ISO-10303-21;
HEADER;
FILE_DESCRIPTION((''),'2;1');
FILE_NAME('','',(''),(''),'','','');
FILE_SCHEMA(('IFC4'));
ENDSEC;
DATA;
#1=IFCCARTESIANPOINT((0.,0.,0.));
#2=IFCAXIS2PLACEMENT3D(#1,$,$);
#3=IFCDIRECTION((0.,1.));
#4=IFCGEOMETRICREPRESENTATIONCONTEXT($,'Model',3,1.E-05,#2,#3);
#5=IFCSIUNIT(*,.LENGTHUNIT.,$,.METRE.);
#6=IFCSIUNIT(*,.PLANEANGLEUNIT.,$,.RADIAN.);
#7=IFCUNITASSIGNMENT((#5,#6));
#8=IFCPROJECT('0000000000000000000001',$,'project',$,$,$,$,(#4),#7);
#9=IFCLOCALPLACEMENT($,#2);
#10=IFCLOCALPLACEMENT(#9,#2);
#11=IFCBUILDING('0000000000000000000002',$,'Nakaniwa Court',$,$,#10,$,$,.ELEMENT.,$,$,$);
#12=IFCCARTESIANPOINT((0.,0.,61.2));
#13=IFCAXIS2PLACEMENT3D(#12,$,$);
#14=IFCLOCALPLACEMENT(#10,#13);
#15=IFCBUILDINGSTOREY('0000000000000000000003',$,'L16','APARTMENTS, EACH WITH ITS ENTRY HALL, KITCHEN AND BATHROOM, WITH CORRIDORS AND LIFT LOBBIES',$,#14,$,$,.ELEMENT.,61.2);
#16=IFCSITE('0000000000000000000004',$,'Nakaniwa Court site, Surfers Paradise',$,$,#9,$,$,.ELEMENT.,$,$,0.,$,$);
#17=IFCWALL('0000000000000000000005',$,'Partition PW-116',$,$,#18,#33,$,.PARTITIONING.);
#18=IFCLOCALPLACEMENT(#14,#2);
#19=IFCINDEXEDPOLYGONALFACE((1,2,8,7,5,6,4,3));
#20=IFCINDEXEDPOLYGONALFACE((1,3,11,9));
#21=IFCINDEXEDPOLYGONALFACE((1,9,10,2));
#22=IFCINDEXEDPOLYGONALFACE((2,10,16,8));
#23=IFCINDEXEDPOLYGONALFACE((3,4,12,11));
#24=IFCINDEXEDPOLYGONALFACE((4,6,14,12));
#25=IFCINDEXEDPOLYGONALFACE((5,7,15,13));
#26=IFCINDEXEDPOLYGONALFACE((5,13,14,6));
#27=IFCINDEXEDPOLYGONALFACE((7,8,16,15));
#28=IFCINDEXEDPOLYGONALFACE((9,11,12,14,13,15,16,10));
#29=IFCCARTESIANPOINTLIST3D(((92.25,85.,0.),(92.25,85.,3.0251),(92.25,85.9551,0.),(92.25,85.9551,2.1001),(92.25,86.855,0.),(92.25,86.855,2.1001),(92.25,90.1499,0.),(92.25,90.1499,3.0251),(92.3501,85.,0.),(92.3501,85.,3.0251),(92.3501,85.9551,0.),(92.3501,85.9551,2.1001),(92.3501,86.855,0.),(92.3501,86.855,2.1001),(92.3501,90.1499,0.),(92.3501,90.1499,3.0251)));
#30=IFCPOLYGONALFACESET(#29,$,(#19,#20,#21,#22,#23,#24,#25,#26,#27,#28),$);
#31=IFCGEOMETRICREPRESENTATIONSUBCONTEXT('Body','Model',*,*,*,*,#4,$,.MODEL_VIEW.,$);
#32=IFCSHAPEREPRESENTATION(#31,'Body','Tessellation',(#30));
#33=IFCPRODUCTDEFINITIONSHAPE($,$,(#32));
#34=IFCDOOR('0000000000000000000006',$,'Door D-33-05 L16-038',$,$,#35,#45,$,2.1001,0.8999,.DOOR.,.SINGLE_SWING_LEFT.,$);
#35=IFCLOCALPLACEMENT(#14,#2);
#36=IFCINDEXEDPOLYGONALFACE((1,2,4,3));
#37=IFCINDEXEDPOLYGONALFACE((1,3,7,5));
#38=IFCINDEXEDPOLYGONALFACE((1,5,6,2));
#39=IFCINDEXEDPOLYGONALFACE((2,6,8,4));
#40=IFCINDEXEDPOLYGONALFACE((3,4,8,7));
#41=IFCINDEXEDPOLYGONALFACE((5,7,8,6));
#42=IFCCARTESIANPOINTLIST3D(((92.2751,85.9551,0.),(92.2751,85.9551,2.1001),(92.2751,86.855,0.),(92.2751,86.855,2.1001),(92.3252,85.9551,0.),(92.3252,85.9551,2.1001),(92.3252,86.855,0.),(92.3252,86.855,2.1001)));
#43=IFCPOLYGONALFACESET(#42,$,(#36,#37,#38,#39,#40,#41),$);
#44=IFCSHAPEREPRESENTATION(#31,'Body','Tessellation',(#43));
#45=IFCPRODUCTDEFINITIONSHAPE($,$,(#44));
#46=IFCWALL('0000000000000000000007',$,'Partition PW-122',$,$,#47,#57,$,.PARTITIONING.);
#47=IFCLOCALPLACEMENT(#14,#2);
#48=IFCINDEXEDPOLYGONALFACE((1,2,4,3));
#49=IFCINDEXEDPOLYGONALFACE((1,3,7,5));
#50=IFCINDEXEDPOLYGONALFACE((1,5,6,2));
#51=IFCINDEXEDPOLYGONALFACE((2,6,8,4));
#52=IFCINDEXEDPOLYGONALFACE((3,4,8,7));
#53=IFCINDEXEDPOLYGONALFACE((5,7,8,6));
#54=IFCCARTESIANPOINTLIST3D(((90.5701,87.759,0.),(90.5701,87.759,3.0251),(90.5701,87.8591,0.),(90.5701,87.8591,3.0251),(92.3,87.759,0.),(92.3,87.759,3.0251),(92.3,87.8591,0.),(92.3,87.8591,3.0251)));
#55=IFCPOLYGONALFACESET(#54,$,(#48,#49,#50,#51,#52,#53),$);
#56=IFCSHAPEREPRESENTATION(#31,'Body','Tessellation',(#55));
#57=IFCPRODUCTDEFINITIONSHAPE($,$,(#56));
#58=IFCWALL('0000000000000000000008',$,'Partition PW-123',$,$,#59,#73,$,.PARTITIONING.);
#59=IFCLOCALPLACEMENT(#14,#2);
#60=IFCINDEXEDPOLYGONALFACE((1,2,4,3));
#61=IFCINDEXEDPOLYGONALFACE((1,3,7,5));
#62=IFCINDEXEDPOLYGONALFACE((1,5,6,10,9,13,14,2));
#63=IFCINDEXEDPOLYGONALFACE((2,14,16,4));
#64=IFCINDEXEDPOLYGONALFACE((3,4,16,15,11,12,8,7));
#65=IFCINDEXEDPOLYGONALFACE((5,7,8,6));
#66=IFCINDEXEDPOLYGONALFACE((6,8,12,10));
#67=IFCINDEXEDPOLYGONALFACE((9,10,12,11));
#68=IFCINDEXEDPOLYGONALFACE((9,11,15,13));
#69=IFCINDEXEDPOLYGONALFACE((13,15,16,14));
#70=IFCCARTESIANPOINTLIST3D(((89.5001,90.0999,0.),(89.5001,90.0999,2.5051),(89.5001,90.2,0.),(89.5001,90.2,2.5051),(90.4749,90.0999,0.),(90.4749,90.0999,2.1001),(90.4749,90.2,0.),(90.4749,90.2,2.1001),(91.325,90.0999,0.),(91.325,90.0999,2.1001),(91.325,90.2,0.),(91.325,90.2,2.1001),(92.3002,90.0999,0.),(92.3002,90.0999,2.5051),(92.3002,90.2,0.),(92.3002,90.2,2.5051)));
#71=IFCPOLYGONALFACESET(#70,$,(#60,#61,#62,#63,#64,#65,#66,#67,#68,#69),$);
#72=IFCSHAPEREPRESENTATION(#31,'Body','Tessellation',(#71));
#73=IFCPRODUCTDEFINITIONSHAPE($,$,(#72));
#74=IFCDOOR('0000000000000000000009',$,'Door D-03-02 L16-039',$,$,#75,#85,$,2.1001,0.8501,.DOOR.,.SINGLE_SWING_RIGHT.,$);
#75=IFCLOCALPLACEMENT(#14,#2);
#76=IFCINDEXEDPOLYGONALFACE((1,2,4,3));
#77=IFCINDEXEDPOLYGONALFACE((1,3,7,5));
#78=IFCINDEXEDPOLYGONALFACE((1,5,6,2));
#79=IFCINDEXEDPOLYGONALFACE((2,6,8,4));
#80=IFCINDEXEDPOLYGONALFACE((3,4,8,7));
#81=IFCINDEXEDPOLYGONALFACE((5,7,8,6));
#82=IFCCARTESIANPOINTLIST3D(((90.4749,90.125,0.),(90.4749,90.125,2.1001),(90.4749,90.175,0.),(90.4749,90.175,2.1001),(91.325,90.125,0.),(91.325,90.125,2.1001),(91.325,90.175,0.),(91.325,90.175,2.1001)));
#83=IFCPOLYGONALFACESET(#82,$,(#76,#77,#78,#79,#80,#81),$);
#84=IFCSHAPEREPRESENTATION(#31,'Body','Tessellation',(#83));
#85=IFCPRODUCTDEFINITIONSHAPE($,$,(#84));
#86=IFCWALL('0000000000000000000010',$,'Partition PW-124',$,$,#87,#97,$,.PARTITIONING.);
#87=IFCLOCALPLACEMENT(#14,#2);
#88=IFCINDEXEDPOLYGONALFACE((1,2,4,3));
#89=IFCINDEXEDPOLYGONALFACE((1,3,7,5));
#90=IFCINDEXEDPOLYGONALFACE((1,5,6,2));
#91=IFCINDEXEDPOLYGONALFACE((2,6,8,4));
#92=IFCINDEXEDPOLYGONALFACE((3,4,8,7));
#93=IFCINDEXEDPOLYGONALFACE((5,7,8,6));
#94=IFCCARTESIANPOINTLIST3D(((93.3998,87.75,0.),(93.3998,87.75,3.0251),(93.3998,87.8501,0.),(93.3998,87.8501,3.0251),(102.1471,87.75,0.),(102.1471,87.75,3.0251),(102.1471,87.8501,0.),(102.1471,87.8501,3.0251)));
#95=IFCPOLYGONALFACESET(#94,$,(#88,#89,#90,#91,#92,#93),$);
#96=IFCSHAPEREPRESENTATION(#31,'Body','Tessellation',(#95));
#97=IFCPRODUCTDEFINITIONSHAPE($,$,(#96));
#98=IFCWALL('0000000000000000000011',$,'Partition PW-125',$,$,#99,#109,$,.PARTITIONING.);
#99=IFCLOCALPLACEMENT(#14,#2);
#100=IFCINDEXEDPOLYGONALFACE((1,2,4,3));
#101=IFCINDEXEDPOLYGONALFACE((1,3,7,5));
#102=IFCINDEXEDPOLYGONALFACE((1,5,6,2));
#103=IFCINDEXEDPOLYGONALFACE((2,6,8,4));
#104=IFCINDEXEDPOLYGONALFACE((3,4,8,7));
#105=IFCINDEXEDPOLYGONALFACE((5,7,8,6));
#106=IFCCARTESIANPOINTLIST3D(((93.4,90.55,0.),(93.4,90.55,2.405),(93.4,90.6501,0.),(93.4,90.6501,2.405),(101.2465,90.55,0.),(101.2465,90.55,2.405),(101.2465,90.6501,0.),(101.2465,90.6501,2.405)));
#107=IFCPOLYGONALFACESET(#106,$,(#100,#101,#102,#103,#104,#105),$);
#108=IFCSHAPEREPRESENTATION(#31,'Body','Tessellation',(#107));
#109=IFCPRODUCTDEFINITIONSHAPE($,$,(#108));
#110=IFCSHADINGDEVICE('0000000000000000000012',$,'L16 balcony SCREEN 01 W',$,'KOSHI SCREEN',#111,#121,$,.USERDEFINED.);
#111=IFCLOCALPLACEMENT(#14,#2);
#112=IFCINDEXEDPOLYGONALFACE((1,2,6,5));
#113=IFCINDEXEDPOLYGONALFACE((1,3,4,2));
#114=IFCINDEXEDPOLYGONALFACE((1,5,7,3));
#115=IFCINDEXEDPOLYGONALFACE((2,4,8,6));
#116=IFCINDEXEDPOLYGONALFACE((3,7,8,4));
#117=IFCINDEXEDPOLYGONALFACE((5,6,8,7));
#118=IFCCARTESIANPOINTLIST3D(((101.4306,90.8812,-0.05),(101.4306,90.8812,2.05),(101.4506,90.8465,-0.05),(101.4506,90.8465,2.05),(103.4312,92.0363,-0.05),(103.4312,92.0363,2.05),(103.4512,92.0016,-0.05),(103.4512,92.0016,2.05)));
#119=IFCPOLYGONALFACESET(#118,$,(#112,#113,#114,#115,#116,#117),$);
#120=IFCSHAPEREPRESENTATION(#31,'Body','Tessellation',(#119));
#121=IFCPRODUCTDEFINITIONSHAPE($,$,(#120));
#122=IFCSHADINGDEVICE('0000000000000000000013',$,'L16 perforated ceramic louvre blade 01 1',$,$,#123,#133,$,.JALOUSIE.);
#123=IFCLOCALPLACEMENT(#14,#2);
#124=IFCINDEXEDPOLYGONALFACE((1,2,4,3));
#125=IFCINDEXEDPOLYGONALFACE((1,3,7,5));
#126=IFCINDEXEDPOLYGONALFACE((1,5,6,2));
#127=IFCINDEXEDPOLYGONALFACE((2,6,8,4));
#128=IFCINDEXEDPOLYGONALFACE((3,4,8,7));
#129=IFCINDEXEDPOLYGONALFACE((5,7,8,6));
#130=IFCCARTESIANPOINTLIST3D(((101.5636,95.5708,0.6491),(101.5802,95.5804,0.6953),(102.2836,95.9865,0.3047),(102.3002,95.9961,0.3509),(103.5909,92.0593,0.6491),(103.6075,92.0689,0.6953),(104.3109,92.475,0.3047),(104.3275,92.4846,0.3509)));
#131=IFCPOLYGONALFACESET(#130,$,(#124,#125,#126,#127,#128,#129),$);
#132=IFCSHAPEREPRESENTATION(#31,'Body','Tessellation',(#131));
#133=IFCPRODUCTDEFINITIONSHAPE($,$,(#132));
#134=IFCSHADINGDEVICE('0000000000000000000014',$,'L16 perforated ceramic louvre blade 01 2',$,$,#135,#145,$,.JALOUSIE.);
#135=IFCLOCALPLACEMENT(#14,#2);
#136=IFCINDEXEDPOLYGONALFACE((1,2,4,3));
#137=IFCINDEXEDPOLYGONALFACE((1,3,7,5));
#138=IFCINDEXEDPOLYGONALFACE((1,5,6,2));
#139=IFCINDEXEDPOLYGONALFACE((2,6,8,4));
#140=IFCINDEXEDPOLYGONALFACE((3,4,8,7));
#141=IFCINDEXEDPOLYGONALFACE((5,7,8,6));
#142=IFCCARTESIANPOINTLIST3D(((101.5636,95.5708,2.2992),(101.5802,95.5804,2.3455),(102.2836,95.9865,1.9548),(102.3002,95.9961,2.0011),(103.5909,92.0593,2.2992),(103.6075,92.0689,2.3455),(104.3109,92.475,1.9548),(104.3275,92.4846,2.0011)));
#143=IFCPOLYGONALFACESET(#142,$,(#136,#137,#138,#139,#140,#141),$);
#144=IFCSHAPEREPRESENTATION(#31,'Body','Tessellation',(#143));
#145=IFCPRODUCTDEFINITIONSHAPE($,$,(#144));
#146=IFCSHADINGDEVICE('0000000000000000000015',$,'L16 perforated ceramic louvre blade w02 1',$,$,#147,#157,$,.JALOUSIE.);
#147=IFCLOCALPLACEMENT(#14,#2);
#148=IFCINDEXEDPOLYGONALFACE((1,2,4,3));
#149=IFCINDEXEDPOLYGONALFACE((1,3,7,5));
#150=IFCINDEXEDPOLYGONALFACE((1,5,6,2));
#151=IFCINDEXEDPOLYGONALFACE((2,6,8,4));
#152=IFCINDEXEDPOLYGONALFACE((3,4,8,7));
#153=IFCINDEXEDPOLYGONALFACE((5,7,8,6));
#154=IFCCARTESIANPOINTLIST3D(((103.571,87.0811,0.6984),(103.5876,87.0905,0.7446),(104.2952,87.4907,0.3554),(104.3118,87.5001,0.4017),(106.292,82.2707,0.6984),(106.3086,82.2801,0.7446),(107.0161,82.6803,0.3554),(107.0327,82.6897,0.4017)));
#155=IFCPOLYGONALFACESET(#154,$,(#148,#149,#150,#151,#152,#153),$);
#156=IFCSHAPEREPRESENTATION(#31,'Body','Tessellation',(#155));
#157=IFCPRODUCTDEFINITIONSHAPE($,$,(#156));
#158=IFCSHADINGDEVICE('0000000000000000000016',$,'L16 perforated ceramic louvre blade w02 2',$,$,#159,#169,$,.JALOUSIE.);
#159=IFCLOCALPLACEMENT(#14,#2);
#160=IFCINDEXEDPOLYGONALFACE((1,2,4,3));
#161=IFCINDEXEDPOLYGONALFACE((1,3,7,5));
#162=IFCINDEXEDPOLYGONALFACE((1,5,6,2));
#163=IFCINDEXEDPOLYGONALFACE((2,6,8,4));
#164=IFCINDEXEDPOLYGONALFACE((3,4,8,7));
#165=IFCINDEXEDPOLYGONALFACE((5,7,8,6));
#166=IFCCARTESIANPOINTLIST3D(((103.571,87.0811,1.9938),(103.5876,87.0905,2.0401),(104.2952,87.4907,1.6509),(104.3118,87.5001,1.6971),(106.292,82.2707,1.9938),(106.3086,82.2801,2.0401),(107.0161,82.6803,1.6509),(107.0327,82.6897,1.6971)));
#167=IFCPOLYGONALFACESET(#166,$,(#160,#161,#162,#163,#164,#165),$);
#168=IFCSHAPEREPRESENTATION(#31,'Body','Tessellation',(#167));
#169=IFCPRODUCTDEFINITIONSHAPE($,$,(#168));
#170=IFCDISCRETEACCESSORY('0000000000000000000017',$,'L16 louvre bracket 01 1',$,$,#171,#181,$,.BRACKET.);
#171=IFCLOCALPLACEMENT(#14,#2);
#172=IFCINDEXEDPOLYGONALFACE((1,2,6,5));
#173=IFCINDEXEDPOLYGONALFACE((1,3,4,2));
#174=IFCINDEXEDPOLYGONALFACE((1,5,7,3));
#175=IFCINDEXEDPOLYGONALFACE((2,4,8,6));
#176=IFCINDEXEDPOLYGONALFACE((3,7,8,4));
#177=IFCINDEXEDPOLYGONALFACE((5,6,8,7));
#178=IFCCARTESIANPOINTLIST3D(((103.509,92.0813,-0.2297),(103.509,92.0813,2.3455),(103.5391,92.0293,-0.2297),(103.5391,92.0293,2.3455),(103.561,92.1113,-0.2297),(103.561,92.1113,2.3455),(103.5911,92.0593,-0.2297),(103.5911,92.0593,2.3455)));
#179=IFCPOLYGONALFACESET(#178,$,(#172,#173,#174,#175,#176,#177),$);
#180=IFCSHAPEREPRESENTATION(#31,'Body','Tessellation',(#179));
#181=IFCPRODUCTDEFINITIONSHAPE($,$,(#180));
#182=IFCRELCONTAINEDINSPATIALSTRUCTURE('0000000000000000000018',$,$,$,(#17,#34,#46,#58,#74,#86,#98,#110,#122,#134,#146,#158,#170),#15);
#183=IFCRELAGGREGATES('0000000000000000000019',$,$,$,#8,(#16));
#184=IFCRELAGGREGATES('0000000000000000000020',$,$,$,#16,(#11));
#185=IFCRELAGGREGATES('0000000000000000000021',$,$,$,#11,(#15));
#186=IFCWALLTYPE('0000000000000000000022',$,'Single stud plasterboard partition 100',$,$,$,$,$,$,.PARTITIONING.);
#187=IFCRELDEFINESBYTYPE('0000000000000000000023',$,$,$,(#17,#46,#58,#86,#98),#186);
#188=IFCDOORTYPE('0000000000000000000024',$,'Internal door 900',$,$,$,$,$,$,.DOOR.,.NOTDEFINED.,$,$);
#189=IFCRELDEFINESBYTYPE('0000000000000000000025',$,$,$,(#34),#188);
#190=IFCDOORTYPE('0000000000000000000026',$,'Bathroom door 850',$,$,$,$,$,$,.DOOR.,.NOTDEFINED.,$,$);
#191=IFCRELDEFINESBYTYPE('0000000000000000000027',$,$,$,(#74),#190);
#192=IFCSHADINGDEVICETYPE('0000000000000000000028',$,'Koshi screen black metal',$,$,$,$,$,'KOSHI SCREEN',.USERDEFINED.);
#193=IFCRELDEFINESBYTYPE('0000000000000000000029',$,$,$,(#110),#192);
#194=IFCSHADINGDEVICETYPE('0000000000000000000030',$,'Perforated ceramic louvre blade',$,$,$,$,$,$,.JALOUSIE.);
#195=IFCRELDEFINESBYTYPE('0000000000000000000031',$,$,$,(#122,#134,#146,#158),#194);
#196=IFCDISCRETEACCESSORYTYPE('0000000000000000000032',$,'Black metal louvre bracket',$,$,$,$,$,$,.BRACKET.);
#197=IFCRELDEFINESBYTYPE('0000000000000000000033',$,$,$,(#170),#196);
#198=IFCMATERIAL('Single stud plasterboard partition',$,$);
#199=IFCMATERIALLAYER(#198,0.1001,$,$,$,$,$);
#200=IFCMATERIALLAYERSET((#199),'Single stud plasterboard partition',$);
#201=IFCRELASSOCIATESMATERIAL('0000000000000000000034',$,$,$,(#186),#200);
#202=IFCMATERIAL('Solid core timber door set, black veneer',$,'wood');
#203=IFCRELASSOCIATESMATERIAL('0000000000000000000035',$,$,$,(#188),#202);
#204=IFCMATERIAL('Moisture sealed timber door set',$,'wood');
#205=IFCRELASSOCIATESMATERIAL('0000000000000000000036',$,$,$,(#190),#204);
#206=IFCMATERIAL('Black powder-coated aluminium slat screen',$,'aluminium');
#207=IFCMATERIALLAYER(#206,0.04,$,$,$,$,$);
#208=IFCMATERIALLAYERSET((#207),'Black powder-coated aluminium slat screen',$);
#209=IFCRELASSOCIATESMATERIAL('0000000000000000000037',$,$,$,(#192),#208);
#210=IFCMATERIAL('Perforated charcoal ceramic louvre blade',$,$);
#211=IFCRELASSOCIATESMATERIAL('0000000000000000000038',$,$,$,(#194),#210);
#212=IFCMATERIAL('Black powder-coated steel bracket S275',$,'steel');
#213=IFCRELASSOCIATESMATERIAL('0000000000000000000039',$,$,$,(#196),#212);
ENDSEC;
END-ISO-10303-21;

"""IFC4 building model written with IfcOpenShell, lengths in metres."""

from ifc_helpers import new_model, si_unit, direction, frame, frame_2d, origin, origin_2d, place, context, subcontext, project, spatial, rectangle, extrude, material, layer, layer_set, material_profile, profile_set, type_object, element, fill, save


model = new_model("IFC4")

# Units and contexts
model_context = context("Model", 3, precision=1e-05, world=origin(), true_north=direction((0.0, 1.0)))
body_context = subcontext(model_context, "Body", "Model", "MODEL_VIEW")
ifc_project = project(units=[si_unit("LENGTHUNIT", "METRE"), si_unit("PLANEANGLEUNIT", "RADIAN")], contexts=[model_context])

# Site, building, storey
site_placement = place(None, origin())
site = spatial("IfcSite", under=ifc_project, at=site_placement, Name="Nakaniwa Court site, Surfers Paradise", CompositionType="ELEMENT", RefElevation=0.0)
building_placement = place(site_placement, origin())
building = spatial("IfcBuilding", under=site, at=building_placement, Name="Nakaniwa Court", CompositionType="ELEMENT")
storey_placement = place(building_placement, frame((0.0, 0.0, 61.2)))
storey = spatial("IfcBuildingStorey", under=building, at=storey_placement, Name="L16", Description="APARTMENTS, EACH WITH ITS ENTRY HALL, KITCHEN AND BATHROOM, WITH CORRIDORS AND LIFT LOBBIES", CompositionType="ELEMENT", Elevation=61.2)

# Wall, opening, door
ifc_material_1 = material(Name="Single stud plasterboard partition")
ifc_layer_1 = layer(ifc_material_1, 0.1001)
ifc_layer_set_1 = layer_set([ifc_layer_1], Name="Single stud plasterboard partition")
wall_type_1 = type_object("IfcWallType", Name="Single stud plasterboard partition 100", PredefinedType="PARTITIONING", material=ifc_layer_set_1)
wall_1_placement = place(storey_placement, frame((92.3, 85.0, 0.0), z_axis=(0.0, 0.0, 1.0), x_axis=(0.0, 1.0, 0.0)))
wall_1 = element("IfcWall", 1, at=wall_1_placement, inside=storey, type_object=wall_type_1, Name="Partition PW-116", PredefinedType="PARTITIONING", context=body_context, shape_type="SweptSolid", body=[
    extrude(rectangle(XDim=5.1499, YDim=0.1001, at=frame_2d((2.575, 0.0))), origin(), (0.0, 0.0, 1.0), 3.0251),
])
opening_1_placement = place(wall_1_placement, frame((0.9551, 0.0, 0.0)))
opening_1 = element("IfcOpeningElement", 2, at=opening_1_placement, cuts=wall_1, PredefinedType="OPENING", context=body_context, shape_type="SweptSolid", body=[
    extrude(rectangle(XDim=0.8999, YDim=2.1001, at=frame_2d((0.45, 1.05))), frame((0.0, 0.0601, 0.0), z_axis=(0.0, -1.0, 0.0), x_axis=(1.0, 0.0, 0.0)), (0.0, 0.0, 1.0), 0.1201),
])
ifc_material_2 = material(Name="Solid core timber door set, black veneer", Category="wood")
door_type_1 = type_object("IfcDoorType", Name="Internal door 900", OperationType="NOTDEFINED", PredefinedType="DOOR", material=ifc_material_2)
door_1_placement = place(opening_1_placement, origin())
door_1 = element("IfcDoor", 3, at=door_1_placement, inside=storey, type_object=door_type_1, Name="Door D-33-05 L16-038", OperationType="SINGLE_SWING_LEFT", OverallHeight=2.1001, OverallWidth=0.8999, PredefinedType="DOOR", context=body_context, shape_type="SweptSolid", body=[
    extrude(rectangle(XDim=0.8999, YDim=2.1001, at=frame_2d((0.45, 1.05))), frame((0.0, 0.0249, 0.0), z_axis=(0.0, -1.0, 0.0), x_axis=(1.0, 0.0, 0.0)), (0.0, 0.0, 1.0), 0.05),
])
fill(opening_1, door_1)

# Wall
wall_2_placement = place(storey_placement, frame((90.5701, 87.8091, 0.0), z_axis=(0.0, 0.0, 1.0), x_axis=(1.0, 0.0, 0.0)))
element("IfcWall", 4, at=wall_2_placement, inside=storey, type_object=wall_type_1, Name="Partition PW-122", PredefinedType="PARTITIONING", context=body_context, shape_type="SweptSolid", body=[
    extrude(rectangle(XDim=1.73, YDim=0.1001, at=frame_2d((0.865, 0.0))), origin(), (0.0, 0.0, 1.0), 3.0251),
])

# Wall, opening, door
wall_3_placement = place(storey_placement, frame((92.3, 90.1499, 0.0), z_axis=(0.0, 0.0, 1.0), x_axis=(-1.0, 0.0, 0.0)))
wall_3 = element("IfcWall", 5, at=wall_3_placement, inside=storey, type_object=wall_type_1, Name="Partition PW-123", PredefinedType="PARTITIONING", context=body_context, shape_type="SweptSolid", body=[
    extrude(rectangle(XDim=2.8, YDim=0.1001, at=frame_2d((1.3999, 0.0))), origin(), (0.0, 0.0, 1.0), 2.5051),
])
opening_2_placement = place(wall_3_placement, frame((0.9751, 0.0, 0.0)))
opening_2 = element("IfcOpeningElement", 6, at=opening_2_placement, cuts=wall_3, PredefinedType="OPENING", context=body_context, shape_type="SweptSolid", body=[
    extrude(rectangle(XDim=0.8501, YDim=2.1001, at=frame_2d((0.425, 1.05))), frame((0.0, 0.0601, 0.0), z_axis=(0.0, -1.0, 0.0), x_axis=(1.0, 0.0, 0.0)), (0.0, 0.0, 1.0), 0.1201),
])
ifc_material_3 = material(Name="Moisture sealed timber door set", Category="wood")
door_type_2 = type_object("IfcDoorType", Name="Bathroom door 850", OperationType="NOTDEFINED", PredefinedType="DOOR", material=ifc_material_3)
door_2_placement = place(opening_2_placement, origin())
door_2 = element("IfcDoor", 7, at=door_2_placement, inside=storey, type_object=door_type_2, Name="Door D-03-02 L16-039", OperationType="SINGLE_SWING_RIGHT", OverallHeight=2.1001, OverallWidth=0.8501, PredefinedType="DOOR", context=body_context, shape_type="SweptSolid", body=[
    extrude(rectangle(XDim=0.8501, YDim=2.1001, at=frame_2d((0.425, 1.05))), frame((0.0, 0.0249, 0.0), z_axis=(0.0, -1.0, 0.0), x_axis=(1.0, 0.0, 0.0)), (0.0, 0.0, 1.0), 0.05),
])
fill(opening_2, door_2)

# Walls
wall_4_placement = place(storey_placement, frame((93.3999, 87.8, 0.0), z_axis=(0.0, 0.0, 1.0), x_axis=(1.0, 0.0, 0.0)))
element("IfcWall", 8, at=wall_4_placement, inside=storey, type_object=wall_type_1, Name="Partition PW-124", PredefinedType="PARTITIONING", context=body_context, shape_type="SweptSolid", body=[
    extrude(rectangle(XDim=8.7473, YDim=0.1001, at=frame_2d((4.3735, 0.0))), origin(), (0.0, 0.0, 1.0), 3.0251),
])
wall_5_placement = place(storey_placement, frame((93.3999, 90.6001, 0.0), z_axis=(0.0, 0.0, 1.0), x_axis=(1.0, 0.0, 0.0)))
element("IfcWall", 9, at=wall_5_placement, inside=storey, type_object=wall_type_1, Name="Partition PW-125", PredefinedType="PARTITIONING", context=body_context, shape_type="SweptSolid", body=[
    extrude(rectangle(XDim=7.8464, YDim=0.1001, at=frame_2d((3.9233, 0.0))), origin(), (0.0, 0.0, 1.0), 2.405),
])

# Shading devices
ifc_material_4 = material(Name="Black powder-coated aluminium slat screen", Category="aluminium")
ifc_layer_2 = layer(ifc_material_4, 0.04)
ifc_layer_set_2 = layer_set([ifc_layer_2], Name="Black powder-coated aluminium slat screen")
shading_device_type_1 = type_object("IfcShadingDeviceType", Name="Koshi screen black metal", ElementType="KOSHI SCREEN", PredefinedType="USERDEFINED", material=ifc_layer_set_2)
shading_device_placement = place(storey_placement, frame((102.4409, 91.4414, -0.05), z_axis=(0.0, 0.0, 1.0), x_axis=(-0.500005, 0.866023, 0.0)))
element("IfcShadingDevice", 10, at=shading_device_placement, inside=storey, type_object=shading_device_type_1, Name="L16 balcony SCREEN 01 W", ObjectType="KOSHI SCREEN", PredefinedType="USERDEFINED", context=body_context, shape_type="SweptSolid", body=[
    extrude(rectangle(XDim=0.04, YDim=2.3101, at=origin_2d()), origin(), (0.0, 0.0, 1.0), 2.1001),
])
ifc_material_5 = material(Name="Perforated charcoal ceramic louvre blade")
ifc_material_profile_1 = material_profile(ifc_material_5, rectangle(XDim=0.8999, YDim=0.05, at=origin_2d()), Name="Perforated ceramic louvre blade")
ifc_profile_set_1 = profile_set([ifc_material_profile_1], Name="Perforated charcoal ceramic louvre blade")
shading_device_type_2 = type_object("IfcShadingDeviceType", Name="Perforated ceramic louvre blade", PredefinedType="JALOUSIE", material=ifc_profile_set_1)
for number, where, z_axis, x_axis, name in (
    (11, (103.9592, 92.272, 0.5), (-0.499999, 0.866026, 0.0), (-0.800104, -0.461939, 0.382683), "L16 perforated ceramic louvre blade 01 1"),
    (12, (103.9592, 92.272, 2.1501), (-0.499999, 0.866026, 0.0), (-0.800104, -0.461939, 0.382683), "L16 perforated ceramic louvre blade 01 2"),
):
    element("IfcShadingDevice", number, at=place(storey_placement, frame(where, z_axis=z_axis, x_axis=x_axis)), inside=storey, type_object=shading_device_type_2, Name=name, PredefinedType="JALOUSIE", context=body_context, shape_type="SweptSolid", body=[
        extrude(rectangle(XDim=0.8999, YDim=0.05, at=origin_2d()), origin(), (0.0, 0.0, 1.0), 4.0547),
    ])
for number, where, z_axis, x_axis, name in (
    (13, (106.6624, 82.4802, 0.55), (-0.492343, 0.870402, 0.0), (-0.804726, -0.455193, 0.38107), "L16 perforated ceramic louvre blade w02 1"),
    (14, (106.6624, 82.4802, 1.8455), (-0.492343, 0.870402, 0.0), (-0.804726, -0.455193, 0.38107), "L16 perforated ceramic louvre blade w02 2"),
):
    element("IfcShadingDevice", number, at=place(storey_placement, frame(where, z_axis=z_axis, x_axis=x_axis)), inside=storey, type_object=shading_device_type_2, Name=name, PredefinedType="JALOUSIE", context=body_context, shape_type="SweptSolid", body=[
        extrude(rectangle(XDim=0.8999, YDim=0.05, at=origin_2d()), origin(), (0.0, 0.0, 1.0), 5.5266),
    ])

# Discrete accessory
ifc_material_6 = material(Name="Black powder-coated steel bracket S275", Category="steel")
discrete_accessory_type_1 = type_object("IfcDiscreteAccessoryType", Name="Black metal louvre bracket", PredefinedType="BRACKET", material=ifc_material_6)
discrete_accessory_1_placement = place(storey_placement, frame((103.55, 92.0703, -0.2297), z_axis=(0.0, 0.0, 1.0), x_axis=(-0.500005, 0.866023, 0.0)))
element("IfcDiscreteAccessory", 15, at=discrete_accessory_1_placement, inside=storey, type_object=discrete_accessory_type_1, Name="L16 louvre bracket 01 1", PredefinedType="BRACKET", context=body_context, shape_type="SweptSolid", body=[
    extrude(rectangle(XDim=0.0601, YDim=0.0601, at=origin_2d()), origin(), (0.0, 0.0, 1.0), 2.5752),
])

save(model, "model.ifc")
